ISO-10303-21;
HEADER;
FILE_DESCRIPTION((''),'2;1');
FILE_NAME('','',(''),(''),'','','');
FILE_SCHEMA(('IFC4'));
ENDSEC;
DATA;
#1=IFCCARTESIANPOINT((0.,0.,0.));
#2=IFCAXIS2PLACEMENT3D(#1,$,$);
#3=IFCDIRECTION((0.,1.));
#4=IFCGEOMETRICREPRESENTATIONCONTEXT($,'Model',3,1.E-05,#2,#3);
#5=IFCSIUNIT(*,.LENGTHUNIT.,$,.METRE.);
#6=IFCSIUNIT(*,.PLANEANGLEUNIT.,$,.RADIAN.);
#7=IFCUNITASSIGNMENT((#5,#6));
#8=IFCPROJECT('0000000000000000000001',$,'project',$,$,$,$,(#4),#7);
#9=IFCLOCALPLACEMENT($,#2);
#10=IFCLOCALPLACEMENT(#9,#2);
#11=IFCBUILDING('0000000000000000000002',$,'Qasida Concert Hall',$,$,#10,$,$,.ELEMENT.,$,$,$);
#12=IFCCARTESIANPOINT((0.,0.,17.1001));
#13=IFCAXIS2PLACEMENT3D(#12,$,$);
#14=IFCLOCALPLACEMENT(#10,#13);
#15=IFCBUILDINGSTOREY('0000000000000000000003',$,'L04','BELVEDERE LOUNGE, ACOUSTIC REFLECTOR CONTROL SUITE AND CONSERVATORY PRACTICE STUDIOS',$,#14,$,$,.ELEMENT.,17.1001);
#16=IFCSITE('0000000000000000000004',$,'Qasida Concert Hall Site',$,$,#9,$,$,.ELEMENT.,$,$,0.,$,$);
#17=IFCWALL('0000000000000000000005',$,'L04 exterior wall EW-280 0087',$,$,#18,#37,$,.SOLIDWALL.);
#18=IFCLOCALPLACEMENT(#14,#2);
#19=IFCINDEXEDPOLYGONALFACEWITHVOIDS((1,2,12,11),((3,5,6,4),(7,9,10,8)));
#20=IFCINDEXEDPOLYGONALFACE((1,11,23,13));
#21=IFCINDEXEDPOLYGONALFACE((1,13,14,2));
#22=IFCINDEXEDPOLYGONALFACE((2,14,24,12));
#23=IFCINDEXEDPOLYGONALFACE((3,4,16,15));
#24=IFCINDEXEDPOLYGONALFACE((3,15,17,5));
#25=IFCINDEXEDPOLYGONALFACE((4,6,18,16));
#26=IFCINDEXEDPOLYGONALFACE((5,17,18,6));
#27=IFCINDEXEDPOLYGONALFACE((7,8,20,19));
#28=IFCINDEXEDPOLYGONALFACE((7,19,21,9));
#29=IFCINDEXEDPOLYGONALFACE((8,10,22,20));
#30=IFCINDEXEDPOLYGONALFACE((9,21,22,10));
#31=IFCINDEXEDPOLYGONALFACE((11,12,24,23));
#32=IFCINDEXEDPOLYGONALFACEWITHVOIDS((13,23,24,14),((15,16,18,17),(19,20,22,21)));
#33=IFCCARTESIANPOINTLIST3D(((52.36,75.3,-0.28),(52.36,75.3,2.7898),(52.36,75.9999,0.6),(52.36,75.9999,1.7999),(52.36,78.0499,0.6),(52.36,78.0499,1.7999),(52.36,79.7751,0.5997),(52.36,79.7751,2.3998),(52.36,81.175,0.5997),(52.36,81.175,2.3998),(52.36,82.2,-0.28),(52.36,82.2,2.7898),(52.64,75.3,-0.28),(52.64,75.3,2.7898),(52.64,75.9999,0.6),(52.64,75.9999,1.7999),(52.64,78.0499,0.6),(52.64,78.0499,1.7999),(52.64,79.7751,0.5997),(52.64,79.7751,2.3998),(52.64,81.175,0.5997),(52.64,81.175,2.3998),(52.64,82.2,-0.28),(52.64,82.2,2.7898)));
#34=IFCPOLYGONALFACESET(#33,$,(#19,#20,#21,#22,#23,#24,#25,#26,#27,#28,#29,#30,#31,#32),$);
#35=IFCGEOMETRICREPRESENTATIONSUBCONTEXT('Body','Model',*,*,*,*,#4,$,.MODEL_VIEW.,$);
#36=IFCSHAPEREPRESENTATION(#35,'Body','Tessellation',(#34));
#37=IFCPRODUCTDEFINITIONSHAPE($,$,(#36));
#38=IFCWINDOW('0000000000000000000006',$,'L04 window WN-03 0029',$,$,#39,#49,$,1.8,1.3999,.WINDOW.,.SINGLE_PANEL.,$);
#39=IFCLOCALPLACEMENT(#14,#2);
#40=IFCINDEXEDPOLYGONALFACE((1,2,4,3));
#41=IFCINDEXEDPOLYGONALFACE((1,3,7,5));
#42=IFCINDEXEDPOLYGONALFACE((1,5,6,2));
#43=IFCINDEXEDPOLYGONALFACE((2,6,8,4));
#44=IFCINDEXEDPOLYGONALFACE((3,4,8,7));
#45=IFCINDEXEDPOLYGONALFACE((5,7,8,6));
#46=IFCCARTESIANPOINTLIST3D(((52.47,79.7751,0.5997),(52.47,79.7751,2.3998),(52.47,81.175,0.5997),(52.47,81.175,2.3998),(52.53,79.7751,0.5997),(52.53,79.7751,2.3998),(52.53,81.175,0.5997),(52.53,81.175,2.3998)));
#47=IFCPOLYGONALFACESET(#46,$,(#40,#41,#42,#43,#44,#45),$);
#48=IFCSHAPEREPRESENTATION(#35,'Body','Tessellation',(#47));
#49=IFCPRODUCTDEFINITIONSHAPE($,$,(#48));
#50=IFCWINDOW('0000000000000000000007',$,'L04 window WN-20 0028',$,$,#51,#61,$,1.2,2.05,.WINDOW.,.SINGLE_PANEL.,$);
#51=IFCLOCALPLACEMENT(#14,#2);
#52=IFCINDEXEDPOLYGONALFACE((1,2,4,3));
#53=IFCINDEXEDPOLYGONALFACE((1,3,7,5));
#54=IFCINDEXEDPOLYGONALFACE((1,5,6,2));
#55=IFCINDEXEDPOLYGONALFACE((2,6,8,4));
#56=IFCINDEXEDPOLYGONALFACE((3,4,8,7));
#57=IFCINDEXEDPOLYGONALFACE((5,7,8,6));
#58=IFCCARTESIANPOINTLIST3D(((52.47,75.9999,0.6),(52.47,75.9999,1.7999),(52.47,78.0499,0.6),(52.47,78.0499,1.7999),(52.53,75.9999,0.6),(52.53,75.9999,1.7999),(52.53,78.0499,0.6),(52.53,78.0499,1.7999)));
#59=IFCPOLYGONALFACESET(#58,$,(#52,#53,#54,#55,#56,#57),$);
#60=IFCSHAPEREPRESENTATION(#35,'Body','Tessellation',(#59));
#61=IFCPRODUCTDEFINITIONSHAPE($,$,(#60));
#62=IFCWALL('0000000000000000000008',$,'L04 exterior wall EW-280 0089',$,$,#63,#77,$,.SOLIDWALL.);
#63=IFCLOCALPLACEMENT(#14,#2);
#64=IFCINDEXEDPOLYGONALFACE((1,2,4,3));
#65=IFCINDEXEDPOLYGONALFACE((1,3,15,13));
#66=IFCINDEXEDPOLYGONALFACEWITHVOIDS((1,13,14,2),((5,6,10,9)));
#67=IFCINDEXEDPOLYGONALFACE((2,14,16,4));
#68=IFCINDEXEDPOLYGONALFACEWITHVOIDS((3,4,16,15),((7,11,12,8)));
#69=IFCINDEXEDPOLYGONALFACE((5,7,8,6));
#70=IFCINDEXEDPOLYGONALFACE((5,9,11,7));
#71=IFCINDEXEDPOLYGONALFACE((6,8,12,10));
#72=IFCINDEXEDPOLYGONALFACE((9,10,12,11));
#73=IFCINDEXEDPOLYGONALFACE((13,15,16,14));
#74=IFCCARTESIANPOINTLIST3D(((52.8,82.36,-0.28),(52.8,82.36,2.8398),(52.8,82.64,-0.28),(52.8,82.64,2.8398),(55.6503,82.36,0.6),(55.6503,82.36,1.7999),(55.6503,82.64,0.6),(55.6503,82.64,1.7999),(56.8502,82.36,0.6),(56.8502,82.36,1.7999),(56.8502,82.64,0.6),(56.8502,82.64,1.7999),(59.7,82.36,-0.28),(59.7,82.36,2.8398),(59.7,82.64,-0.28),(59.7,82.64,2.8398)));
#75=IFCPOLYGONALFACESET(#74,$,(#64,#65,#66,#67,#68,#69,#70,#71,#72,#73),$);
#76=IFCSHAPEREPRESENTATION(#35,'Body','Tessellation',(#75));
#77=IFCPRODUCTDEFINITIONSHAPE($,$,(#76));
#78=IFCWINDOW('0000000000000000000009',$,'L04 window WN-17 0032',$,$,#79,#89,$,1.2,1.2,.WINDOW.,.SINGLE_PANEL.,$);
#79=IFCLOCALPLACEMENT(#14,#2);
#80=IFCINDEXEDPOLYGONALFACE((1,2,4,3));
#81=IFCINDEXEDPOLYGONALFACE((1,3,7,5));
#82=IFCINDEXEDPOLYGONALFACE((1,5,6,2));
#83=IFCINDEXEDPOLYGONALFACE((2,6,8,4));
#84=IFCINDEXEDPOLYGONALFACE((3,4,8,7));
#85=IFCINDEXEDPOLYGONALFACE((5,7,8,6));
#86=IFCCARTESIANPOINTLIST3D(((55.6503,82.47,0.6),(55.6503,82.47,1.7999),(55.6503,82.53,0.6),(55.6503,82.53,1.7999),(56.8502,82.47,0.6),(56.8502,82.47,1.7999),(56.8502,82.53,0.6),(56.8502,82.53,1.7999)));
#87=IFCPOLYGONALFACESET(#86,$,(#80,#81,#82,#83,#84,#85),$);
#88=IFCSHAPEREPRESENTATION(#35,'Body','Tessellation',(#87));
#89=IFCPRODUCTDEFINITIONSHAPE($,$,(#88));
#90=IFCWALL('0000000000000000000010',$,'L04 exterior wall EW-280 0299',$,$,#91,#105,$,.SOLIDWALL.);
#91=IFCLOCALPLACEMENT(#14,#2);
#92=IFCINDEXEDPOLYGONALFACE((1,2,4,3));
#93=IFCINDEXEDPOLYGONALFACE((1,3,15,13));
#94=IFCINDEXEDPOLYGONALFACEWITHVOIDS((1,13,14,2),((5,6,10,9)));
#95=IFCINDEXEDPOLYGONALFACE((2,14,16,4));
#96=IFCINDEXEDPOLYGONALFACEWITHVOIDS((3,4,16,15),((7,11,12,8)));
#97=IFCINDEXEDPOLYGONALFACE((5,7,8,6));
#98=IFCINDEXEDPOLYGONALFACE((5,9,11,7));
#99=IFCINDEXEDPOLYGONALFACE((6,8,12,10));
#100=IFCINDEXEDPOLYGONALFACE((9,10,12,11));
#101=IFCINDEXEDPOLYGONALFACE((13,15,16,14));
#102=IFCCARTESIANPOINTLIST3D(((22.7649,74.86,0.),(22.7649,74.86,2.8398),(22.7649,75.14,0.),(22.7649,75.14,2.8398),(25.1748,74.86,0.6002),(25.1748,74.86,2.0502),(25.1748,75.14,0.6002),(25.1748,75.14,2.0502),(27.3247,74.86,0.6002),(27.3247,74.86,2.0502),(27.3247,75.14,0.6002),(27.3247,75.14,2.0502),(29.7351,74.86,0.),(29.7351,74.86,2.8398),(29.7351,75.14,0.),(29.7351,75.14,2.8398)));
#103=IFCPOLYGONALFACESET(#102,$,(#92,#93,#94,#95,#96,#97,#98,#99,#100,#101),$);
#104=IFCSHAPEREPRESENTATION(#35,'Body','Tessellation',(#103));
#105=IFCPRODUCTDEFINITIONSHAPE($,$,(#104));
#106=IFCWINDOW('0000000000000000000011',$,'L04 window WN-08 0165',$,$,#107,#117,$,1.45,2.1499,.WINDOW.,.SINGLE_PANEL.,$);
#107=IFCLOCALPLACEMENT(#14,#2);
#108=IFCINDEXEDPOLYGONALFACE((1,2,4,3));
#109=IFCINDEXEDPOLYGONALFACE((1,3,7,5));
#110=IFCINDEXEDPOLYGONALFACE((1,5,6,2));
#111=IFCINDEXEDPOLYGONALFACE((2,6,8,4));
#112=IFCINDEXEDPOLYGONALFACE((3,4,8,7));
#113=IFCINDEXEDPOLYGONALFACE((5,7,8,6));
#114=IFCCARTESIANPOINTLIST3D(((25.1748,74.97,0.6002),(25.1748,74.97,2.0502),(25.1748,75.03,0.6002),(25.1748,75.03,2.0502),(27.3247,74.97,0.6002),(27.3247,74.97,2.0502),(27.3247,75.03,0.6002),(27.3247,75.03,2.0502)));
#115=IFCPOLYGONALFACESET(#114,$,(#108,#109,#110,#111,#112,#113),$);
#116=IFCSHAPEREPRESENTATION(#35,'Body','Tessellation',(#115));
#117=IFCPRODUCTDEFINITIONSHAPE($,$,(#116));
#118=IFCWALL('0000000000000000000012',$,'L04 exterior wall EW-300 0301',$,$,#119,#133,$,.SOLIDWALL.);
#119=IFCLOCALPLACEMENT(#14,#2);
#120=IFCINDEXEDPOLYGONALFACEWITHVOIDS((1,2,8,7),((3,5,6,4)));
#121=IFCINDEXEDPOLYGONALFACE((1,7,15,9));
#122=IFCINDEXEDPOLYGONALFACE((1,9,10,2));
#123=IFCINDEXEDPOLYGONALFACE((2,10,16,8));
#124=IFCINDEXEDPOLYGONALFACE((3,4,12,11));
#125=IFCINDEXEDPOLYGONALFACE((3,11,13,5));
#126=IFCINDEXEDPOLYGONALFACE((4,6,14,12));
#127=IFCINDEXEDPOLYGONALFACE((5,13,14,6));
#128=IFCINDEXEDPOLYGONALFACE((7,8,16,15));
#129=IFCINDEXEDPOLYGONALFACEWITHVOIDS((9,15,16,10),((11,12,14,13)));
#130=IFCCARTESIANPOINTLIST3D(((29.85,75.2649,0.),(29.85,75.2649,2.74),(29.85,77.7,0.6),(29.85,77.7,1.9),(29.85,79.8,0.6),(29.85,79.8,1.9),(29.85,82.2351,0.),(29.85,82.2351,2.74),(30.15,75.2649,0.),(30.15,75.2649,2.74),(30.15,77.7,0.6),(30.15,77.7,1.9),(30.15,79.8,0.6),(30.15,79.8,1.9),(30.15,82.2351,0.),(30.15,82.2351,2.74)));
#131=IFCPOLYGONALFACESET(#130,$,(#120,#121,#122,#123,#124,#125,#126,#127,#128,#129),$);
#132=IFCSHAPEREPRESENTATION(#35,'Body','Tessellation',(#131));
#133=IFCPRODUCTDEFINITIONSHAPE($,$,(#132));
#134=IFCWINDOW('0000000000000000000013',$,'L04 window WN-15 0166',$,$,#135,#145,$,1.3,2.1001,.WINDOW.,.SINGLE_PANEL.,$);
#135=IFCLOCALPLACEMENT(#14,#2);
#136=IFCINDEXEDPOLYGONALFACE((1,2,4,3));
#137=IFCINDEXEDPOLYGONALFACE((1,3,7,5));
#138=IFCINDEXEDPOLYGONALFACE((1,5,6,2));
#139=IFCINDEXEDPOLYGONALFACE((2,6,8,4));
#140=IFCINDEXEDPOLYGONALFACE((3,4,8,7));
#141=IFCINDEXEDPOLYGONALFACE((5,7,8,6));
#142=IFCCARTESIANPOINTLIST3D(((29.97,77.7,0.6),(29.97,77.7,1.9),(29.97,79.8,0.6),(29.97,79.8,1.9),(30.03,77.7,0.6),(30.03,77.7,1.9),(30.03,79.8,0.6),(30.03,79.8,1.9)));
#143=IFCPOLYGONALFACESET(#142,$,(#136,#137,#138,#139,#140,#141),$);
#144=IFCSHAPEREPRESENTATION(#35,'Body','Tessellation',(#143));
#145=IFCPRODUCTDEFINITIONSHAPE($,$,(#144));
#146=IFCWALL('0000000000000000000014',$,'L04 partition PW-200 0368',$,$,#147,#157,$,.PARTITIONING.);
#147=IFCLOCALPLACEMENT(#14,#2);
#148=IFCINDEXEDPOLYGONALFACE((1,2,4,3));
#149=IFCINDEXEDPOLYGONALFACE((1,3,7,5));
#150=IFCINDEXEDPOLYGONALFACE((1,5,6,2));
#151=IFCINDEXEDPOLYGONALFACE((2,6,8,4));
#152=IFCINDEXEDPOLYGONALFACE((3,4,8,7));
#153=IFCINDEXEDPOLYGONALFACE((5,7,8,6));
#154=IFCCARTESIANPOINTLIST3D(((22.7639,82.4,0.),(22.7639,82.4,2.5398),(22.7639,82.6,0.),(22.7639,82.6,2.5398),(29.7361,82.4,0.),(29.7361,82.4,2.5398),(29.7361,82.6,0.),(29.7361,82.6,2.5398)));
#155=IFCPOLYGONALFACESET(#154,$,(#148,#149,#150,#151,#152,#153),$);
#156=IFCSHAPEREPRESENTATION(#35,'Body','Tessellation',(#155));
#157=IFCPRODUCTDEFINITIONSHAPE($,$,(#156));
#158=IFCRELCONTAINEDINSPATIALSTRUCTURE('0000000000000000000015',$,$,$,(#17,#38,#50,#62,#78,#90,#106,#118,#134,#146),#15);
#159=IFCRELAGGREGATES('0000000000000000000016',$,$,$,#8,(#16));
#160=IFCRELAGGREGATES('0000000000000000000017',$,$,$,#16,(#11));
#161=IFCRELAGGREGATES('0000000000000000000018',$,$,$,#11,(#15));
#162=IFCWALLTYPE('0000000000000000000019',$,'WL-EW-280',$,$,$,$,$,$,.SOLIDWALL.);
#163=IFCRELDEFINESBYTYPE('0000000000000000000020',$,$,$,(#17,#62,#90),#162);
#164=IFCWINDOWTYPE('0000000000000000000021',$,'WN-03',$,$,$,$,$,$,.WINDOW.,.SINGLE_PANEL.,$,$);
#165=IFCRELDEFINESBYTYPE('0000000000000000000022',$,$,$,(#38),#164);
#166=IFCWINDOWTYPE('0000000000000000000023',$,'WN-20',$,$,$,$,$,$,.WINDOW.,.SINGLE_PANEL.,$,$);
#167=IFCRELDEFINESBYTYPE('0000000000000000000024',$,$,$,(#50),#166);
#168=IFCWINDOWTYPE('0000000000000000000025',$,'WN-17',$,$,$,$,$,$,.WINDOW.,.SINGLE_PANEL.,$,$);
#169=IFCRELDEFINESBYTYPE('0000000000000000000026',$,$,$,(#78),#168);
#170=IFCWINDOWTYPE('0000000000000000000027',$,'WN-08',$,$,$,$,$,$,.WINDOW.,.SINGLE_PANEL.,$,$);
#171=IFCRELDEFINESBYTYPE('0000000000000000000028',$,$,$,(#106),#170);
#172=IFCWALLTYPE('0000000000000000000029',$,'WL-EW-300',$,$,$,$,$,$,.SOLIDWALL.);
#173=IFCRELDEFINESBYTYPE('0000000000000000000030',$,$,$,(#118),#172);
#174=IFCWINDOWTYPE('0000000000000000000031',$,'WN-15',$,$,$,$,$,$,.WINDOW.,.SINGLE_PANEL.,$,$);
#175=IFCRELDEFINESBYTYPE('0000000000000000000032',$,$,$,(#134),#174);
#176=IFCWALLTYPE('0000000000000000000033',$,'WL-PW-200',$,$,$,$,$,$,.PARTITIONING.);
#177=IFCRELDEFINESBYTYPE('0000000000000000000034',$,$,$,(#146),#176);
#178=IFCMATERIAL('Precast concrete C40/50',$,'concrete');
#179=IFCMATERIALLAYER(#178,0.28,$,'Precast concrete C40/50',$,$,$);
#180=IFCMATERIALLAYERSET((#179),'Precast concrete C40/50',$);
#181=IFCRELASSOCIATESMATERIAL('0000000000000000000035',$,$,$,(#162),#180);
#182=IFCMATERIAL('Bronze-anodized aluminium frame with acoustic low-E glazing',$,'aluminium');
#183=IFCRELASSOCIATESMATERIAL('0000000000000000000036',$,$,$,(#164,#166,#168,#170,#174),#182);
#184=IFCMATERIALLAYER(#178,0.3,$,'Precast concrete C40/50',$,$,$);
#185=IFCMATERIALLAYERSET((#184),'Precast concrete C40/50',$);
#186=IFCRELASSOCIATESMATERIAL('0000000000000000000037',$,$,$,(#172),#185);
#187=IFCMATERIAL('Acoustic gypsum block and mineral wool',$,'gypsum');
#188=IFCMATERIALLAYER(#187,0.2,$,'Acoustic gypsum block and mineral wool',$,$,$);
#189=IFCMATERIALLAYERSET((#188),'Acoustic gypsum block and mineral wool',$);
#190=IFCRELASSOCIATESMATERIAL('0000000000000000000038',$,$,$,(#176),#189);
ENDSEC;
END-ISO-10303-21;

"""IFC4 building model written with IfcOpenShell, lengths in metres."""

from ifc_helpers import new_model, si_unit, direction, frame, frame_2d, origin, place, context, subcontext, project, spatial, rectangle, extrude, material, layer, layer_set, type_object, element, fill, save


model = new_model("IFC4")

# Units and contexts
model_context = context("Model", 3, precision=1e-05, world=origin(), true_north=direction((0.0, 1.0)))
body_context = subcontext(model_context, "Body", "Model", "MODEL_VIEW")
ifc_project = project(units=[si_unit("LENGTHUNIT", "METRE"), si_unit("PLANEANGLEUNIT", "RADIAN")], contexts=[model_context])

# Site, building, storey
site_placement = place(None, origin())
site = spatial("IfcSite", under=ifc_project, at=site_placement, Name="Qasida Concert Hall Site", CompositionType="ELEMENT", RefElevation=0.0)
building_placement = place(site_placement, origin())
building = spatial("IfcBuilding", under=site, at=building_placement, Name="Qasida Concert Hall", CompositionType="ELEMENT")
storey_placement = place(building_placement, frame((0.0, 0.0, 17.1001)))
storey = spatial("IfcBuildingStorey", under=building, at=storey_placement, Name="L04", Description="BELVEDERE LOUNGE, ACOUSTIC REFLECTOR CONTROL SUITE AND CONSERVATORY PRACTICE STUDIOS", CompositionType="ELEMENT", Elevation=17.1001)

# Wall, openings, windows
ifc_material_1 = material(Name="Precast concrete C40/50", Category="concrete")
ifc_layer_1 = layer(ifc_material_1, 0.28, Name="Precast concrete C40/50")
ifc_layer_set_1 = layer_set([ifc_layer_1], Name="Precast concrete C40/50")
wall_type_1 = type_object("IfcWallType", Name="WL-EW-280", PredefinedType="SOLIDWALL", material=ifc_layer_set_1)
wall_1_placement = place(storey_placement, frame((52.5, 75.3, -0.28), z_axis=(0.0, 0.0, 1.0), x_axis=(0.0, 1.0, 0.0)))
wall_1 = element("IfcWall", 1, at=wall_1_placement, inside=storey, type_object=wall_type_1, Name="L04 exterior wall EW-280 0087", PredefinedType="SOLIDWALL", context=body_context, shape_type="SweptSolid", body=[
    extrude(rectangle(XDim=6.8999, YDim=0.28, at=frame_2d((3.45, 0.0))), origin(), (0.0, 0.0, 1.0), 3.0698),
])
opening_1_placement = place(wall_1_placement, frame((0.7, 0.0, 0.8799)))
opening_1 = element("IfcOpeningElement", 2, at=opening_1_placement, cuts=wall_1, PredefinedType="OPENING", context=body_context, shape_type="SweptSolid", body=[
    extrude(rectangle(XDim=2.05, YDim=1.2, at=frame_2d((1.0249, 0.6001))), frame((0.0, 0.1499, 0.0), z_axis=(0.0, -1.0, 0.0), x_axis=(1.0, 0.0, 0.0)), (0.0, 0.0, 1.0), 0.3),
])
opening_2_placement = place(wall_1_placement, frame((4.4751, 0.0, 0.8799)))
opening_2 = element("IfcOpeningElement", 3, at=opening_2_placement, cuts=wall_1, PredefinedType="OPENING", context=body_context, shape_type="SweptSolid", body=[
    extrude(rectangle(XDim=1.3999, YDim=1.8, at=frame_2d((0.7, 0.8999))), frame((0.0, 0.1499, 0.0), z_axis=(0.0, -1.0, 0.0), x_axis=(1.0, 0.0, 0.0)), (0.0, 0.0, 1.0), 0.3),
])
ifc_material_2 = material(Name="Bronze-anodized aluminium frame with acoustic low-E glazing", Category="aluminium")
window_type_1 = type_object("IfcWindowType", Name="WN-03", PartitioningType="SINGLE_PANEL", PredefinedType="WINDOW", material=ifc_material_2)
window_1_placement = place(opening_2_placement, origin())
window_1 = element("IfcWindow", 4, at=window_1_placement, inside=storey, type_object=window_type_1, Name="L04 window WN-03 0029", OverallHeight=1.8, OverallWidth=1.3999, PartitioningType="SINGLE_PANEL", PredefinedType="WINDOW", context=body_context, shape_type="SweptSolid", body=[
    extrude(rectangle(XDim=1.3999, YDim=1.8, at=frame_2d((0.7, 0.8999))), frame((0.0, 0.03, 0.0), z_axis=(0.0, -1.0, 0.0), x_axis=(1.0, 0.0, 0.0)), (0.0, 0.0, 1.0), 0.0601),
])
fill(opening_2, window_1)
window_type_2 = type_object("IfcWindowType", Name="WN-20", PartitioningType="SINGLE_PANEL", PredefinedType="WINDOW", material=ifc_material_2)
window_2_placement = place(opening_1_placement, origin())
window_2 = element("IfcWindow", 5, at=window_2_placement, inside=storey, type_object=window_type_2, Name="L04 window WN-20 0028", OverallHeight=1.2, OverallWidth=2.05, PartitioningType="SINGLE_PANEL", PredefinedType="WINDOW", context=body_context, shape_type="SweptSolid", body=[
    extrude(rectangle(XDim=2.05, YDim=1.2, at=frame_2d((1.0249, 0.6001))), frame((0.0, 0.03, 0.0), z_axis=(0.0, -1.0, 0.0), x_axis=(1.0, 0.0, 0.0)), (0.0, 0.0, 1.0), 0.0601),
])
fill(opening_1, window_2)

# Walls, openings, windows
wall_2_placement = place(storey_placement, frame((52.8, 82.5, -0.28), z_axis=(0.0, 0.0, 1.0), x_axis=(1.0, 0.0, 0.0)))
wall_2 = element("IfcWall", 6, at=wall_2_placement, inside=storey, type_object=wall_type_1, Name="L04 exterior wall EW-280 0089", PredefinedType="SOLIDWALL", context=body_context, shape_type="SweptSolid", body=[
    extrude(rectangle(XDim=6.8999, YDim=0.28, at=frame_2d((3.45, 0.0))), origin(), (0.0, 0.0, 1.0), 3.1199),
])
opening_3_placement = place(wall_2_placement, frame((2.8501, 0.0, 0.8799)))
opening_3 = element("IfcOpeningElement", 7, at=opening_3_placement, cuts=wall_2, PredefinedType="OPENING", context=body_context, shape_type="SweptSolid", body=[
    extrude(rectangle(XDim=1.2, YDim=1.2, at=frame_2d((0.6001, 0.6001))), frame((0.0, 0.1499, 0.0), z_axis=(0.0, -1.0, 0.0), x_axis=(1.0, 0.0, 0.0)), (0.0, 0.0, 1.0), 0.3),
])
window_type_3 = type_object("IfcWindowType", Name="WN-17", PartitioningType="SINGLE_PANEL", PredefinedType="WINDOW", material=ifc_material_2)
window_3_placement = place(opening_3_placement, origin())
window_3 = element("IfcWindow", 8, at=window_3_placement, inside=storey, type_object=window_type_3, Name="L04 window WN-17 0032", OverallHeight=1.2, OverallWidth=1.2, PartitioningType="SINGLE_PANEL", PredefinedType="WINDOW", context=body_context, shape_type="SweptSolid", body=[
    extrude(rectangle(XDim=1.2, YDim=1.2, at=frame_2d((0.6001, 0.6001))), frame((0.0, 0.03, 0.0), z_axis=(0.0, -1.0, 0.0), x_axis=(1.0, 0.0, 0.0)), (0.0, 0.0, 1.0), 0.0601),
])
fill(opening_3, window_3)
wall_3_placement = place(storey_placement, frame((22.7649, 75.0, 0.0), z_axis=(0.0, 0.0, 1.0), x_axis=(1.0, 0.0, 0.0)))
wall_3 = element("IfcWall", 9, at=wall_3_placement, inside=storey, type_object=wall_type_1, Name="L04 exterior wall EW-280 0299", PredefinedType="SOLIDWALL", context=body_context, shape_type="SweptSolid", body=[
    extrude(rectangle(XDim=6.9702, YDim=0.28, at=frame_2d((3.4851, 0.0))), origin(), (0.0, 0.0, 1.0), 2.8398),
])
opening_4_placement = place(wall_3_placement, frame((2.4099, 0.0, 0.6001)))
opening_4 = element("IfcOpeningElement", 10, at=opening_4_placement, cuts=wall_3, PredefinedType="OPENING", context=body_context, shape_type="SweptSolid", body=[
    extrude(rectangle(XDim=2.1499, YDim=1.45, at=frame_2d((1.075, 0.7251))), frame((0.0, 0.1499, 0.0), z_axis=(0.0, -1.0, 0.0), x_axis=(1.0, 0.0, 0.0)), (0.0, 0.0, 1.0), 0.3),
])
window_type_4 = type_object("IfcWindowType", Name="WN-08", PartitioningType="SINGLE_PANEL", PredefinedType="WINDOW", material=ifc_material_2)
window_4_placement = place(opening_4_placement, origin())
window_4 = element("IfcWindow", 11, at=window_4_placement, inside=storey, type_object=window_type_4, Name="L04 window WN-08 0165", OverallHeight=1.45, OverallWidth=2.1499, PartitioningType="SINGLE_PANEL", PredefinedType="WINDOW", context=body_context, shape_type="SweptSolid", body=[
    extrude(rectangle(XDim=2.1499, YDim=1.45, at=frame_2d((1.075, 0.7251))), frame((0.0, 0.03, 0.0), z_axis=(0.0, -1.0, 0.0), x_axis=(1.0, 0.0, 0.0)), (0.0, 0.0, 1.0), 0.0601),
])
fill(opening_4, window_4)
ifc_layer_2 = layer(ifc_material_1, 0.3, Name="Precast concrete C40/50")
ifc_layer_set_2 = layer_set([ifc_layer_2], Name="Precast concrete C40/50")
wall_type_2 = type_object("IfcWallType", Name="WL-EW-300", PredefinedType="SOLIDWALL", material=ifc_layer_set_2)
wall_4_placement = place(storey_placement, frame((30.0, 75.2649, 0.0), z_axis=(0.0, 0.0, 1.0), x_axis=(0.0, 1.0, 0.0)))
wall_4 = element("IfcWall", 12, at=wall_4_placement, inside=storey, type_object=wall_type_2, Name="L04 exterior wall EW-300 0301", PredefinedType="SOLIDWALL", context=body_context, shape_type="SweptSolid", body=[
    extrude(rectangle(XDim=6.9702, YDim=0.3, at=frame_2d((3.4851, 0.0))), origin(), (0.0, 0.0, 1.0), 2.74),
])
opening_5_placement = place(wall_4_placement, frame((2.4351, 0.0, 0.6001)))
opening_5 = element("IfcOpeningElement", 13, at=opening_5_placement, cuts=wall_4, PredefinedType="OPENING", context=body_context, shape_type="SweptSolid", body=[
    extrude(rectangle(XDim=2.1001, YDim=1.3, at=frame_2d((1.05, 0.6499))), frame((0.0, 0.1599, 0.0), z_axis=(0.0, -1.0, 0.0), x_axis=(1.0, 0.0, 0.0)), (0.0, 0.0, 1.0), 0.3201),
])
window_type_5 = type_object("IfcWindowType", Name="WN-15", PartitioningType="SINGLE_PANEL", PredefinedType="WINDOW", material=ifc_material_2)
window_5_placement = place(opening_5_placement, origin())
window_5 = element("IfcWindow", 14, at=window_5_placement, inside=storey, type_object=window_type_5, Name="L04 window WN-15 0166", OverallHeight=1.3, OverallWidth=2.1001, PartitioningType="SINGLE_PANEL", PredefinedType="WINDOW", context=body_context, shape_type="SweptSolid", body=[
    extrude(rectangle(XDim=2.1001, YDim=1.3, at=frame_2d((1.05, 0.6499))), frame((0.0, 0.03, 0.0), z_axis=(0.0, -1.0, 0.0), x_axis=(1.0, 0.0, 0.0)), (0.0, 0.0, 1.0), 0.0601),
])
fill(opening_5, window_5)

# Wall
ifc_material_3 = material(Name="Acoustic gypsum block and mineral wool", Category="gypsum")
ifc_layer_3 = layer(ifc_material_3, 0.2, Name="Acoustic gypsum block and mineral wool")
ifc_layer_set_3 = layer_set([ifc_layer_3], Name="Acoustic gypsum block and mineral wool")
wall_type_3 = type_object("IfcWallType", Name="WL-PW-200", PredefinedType="PARTITIONING", material=ifc_layer_set_3)
wall_5_placement = place(storey_placement, frame((22.7639, 82.5, 0.0), z_axis=(0.0, 0.0, 1.0), x_axis=(1.0, 0.0, 0.0)))
element("IfcWall", 15, at=wall_5_placement, inside=storey, type_object=wall_type_3, Name="L04 partition PW-200 0368", PredefinedType="PARTITIONING", context=body_context, shape_type="SweptSolid", body=[
    extrude(rectangle(XDim=6.9722, YDim=0.2, at=frame_2d((3.4861, 0.0))), origin(), (0.0, 0.0, 1.0), 2.5398),
])

save(model, "model.ifc")
